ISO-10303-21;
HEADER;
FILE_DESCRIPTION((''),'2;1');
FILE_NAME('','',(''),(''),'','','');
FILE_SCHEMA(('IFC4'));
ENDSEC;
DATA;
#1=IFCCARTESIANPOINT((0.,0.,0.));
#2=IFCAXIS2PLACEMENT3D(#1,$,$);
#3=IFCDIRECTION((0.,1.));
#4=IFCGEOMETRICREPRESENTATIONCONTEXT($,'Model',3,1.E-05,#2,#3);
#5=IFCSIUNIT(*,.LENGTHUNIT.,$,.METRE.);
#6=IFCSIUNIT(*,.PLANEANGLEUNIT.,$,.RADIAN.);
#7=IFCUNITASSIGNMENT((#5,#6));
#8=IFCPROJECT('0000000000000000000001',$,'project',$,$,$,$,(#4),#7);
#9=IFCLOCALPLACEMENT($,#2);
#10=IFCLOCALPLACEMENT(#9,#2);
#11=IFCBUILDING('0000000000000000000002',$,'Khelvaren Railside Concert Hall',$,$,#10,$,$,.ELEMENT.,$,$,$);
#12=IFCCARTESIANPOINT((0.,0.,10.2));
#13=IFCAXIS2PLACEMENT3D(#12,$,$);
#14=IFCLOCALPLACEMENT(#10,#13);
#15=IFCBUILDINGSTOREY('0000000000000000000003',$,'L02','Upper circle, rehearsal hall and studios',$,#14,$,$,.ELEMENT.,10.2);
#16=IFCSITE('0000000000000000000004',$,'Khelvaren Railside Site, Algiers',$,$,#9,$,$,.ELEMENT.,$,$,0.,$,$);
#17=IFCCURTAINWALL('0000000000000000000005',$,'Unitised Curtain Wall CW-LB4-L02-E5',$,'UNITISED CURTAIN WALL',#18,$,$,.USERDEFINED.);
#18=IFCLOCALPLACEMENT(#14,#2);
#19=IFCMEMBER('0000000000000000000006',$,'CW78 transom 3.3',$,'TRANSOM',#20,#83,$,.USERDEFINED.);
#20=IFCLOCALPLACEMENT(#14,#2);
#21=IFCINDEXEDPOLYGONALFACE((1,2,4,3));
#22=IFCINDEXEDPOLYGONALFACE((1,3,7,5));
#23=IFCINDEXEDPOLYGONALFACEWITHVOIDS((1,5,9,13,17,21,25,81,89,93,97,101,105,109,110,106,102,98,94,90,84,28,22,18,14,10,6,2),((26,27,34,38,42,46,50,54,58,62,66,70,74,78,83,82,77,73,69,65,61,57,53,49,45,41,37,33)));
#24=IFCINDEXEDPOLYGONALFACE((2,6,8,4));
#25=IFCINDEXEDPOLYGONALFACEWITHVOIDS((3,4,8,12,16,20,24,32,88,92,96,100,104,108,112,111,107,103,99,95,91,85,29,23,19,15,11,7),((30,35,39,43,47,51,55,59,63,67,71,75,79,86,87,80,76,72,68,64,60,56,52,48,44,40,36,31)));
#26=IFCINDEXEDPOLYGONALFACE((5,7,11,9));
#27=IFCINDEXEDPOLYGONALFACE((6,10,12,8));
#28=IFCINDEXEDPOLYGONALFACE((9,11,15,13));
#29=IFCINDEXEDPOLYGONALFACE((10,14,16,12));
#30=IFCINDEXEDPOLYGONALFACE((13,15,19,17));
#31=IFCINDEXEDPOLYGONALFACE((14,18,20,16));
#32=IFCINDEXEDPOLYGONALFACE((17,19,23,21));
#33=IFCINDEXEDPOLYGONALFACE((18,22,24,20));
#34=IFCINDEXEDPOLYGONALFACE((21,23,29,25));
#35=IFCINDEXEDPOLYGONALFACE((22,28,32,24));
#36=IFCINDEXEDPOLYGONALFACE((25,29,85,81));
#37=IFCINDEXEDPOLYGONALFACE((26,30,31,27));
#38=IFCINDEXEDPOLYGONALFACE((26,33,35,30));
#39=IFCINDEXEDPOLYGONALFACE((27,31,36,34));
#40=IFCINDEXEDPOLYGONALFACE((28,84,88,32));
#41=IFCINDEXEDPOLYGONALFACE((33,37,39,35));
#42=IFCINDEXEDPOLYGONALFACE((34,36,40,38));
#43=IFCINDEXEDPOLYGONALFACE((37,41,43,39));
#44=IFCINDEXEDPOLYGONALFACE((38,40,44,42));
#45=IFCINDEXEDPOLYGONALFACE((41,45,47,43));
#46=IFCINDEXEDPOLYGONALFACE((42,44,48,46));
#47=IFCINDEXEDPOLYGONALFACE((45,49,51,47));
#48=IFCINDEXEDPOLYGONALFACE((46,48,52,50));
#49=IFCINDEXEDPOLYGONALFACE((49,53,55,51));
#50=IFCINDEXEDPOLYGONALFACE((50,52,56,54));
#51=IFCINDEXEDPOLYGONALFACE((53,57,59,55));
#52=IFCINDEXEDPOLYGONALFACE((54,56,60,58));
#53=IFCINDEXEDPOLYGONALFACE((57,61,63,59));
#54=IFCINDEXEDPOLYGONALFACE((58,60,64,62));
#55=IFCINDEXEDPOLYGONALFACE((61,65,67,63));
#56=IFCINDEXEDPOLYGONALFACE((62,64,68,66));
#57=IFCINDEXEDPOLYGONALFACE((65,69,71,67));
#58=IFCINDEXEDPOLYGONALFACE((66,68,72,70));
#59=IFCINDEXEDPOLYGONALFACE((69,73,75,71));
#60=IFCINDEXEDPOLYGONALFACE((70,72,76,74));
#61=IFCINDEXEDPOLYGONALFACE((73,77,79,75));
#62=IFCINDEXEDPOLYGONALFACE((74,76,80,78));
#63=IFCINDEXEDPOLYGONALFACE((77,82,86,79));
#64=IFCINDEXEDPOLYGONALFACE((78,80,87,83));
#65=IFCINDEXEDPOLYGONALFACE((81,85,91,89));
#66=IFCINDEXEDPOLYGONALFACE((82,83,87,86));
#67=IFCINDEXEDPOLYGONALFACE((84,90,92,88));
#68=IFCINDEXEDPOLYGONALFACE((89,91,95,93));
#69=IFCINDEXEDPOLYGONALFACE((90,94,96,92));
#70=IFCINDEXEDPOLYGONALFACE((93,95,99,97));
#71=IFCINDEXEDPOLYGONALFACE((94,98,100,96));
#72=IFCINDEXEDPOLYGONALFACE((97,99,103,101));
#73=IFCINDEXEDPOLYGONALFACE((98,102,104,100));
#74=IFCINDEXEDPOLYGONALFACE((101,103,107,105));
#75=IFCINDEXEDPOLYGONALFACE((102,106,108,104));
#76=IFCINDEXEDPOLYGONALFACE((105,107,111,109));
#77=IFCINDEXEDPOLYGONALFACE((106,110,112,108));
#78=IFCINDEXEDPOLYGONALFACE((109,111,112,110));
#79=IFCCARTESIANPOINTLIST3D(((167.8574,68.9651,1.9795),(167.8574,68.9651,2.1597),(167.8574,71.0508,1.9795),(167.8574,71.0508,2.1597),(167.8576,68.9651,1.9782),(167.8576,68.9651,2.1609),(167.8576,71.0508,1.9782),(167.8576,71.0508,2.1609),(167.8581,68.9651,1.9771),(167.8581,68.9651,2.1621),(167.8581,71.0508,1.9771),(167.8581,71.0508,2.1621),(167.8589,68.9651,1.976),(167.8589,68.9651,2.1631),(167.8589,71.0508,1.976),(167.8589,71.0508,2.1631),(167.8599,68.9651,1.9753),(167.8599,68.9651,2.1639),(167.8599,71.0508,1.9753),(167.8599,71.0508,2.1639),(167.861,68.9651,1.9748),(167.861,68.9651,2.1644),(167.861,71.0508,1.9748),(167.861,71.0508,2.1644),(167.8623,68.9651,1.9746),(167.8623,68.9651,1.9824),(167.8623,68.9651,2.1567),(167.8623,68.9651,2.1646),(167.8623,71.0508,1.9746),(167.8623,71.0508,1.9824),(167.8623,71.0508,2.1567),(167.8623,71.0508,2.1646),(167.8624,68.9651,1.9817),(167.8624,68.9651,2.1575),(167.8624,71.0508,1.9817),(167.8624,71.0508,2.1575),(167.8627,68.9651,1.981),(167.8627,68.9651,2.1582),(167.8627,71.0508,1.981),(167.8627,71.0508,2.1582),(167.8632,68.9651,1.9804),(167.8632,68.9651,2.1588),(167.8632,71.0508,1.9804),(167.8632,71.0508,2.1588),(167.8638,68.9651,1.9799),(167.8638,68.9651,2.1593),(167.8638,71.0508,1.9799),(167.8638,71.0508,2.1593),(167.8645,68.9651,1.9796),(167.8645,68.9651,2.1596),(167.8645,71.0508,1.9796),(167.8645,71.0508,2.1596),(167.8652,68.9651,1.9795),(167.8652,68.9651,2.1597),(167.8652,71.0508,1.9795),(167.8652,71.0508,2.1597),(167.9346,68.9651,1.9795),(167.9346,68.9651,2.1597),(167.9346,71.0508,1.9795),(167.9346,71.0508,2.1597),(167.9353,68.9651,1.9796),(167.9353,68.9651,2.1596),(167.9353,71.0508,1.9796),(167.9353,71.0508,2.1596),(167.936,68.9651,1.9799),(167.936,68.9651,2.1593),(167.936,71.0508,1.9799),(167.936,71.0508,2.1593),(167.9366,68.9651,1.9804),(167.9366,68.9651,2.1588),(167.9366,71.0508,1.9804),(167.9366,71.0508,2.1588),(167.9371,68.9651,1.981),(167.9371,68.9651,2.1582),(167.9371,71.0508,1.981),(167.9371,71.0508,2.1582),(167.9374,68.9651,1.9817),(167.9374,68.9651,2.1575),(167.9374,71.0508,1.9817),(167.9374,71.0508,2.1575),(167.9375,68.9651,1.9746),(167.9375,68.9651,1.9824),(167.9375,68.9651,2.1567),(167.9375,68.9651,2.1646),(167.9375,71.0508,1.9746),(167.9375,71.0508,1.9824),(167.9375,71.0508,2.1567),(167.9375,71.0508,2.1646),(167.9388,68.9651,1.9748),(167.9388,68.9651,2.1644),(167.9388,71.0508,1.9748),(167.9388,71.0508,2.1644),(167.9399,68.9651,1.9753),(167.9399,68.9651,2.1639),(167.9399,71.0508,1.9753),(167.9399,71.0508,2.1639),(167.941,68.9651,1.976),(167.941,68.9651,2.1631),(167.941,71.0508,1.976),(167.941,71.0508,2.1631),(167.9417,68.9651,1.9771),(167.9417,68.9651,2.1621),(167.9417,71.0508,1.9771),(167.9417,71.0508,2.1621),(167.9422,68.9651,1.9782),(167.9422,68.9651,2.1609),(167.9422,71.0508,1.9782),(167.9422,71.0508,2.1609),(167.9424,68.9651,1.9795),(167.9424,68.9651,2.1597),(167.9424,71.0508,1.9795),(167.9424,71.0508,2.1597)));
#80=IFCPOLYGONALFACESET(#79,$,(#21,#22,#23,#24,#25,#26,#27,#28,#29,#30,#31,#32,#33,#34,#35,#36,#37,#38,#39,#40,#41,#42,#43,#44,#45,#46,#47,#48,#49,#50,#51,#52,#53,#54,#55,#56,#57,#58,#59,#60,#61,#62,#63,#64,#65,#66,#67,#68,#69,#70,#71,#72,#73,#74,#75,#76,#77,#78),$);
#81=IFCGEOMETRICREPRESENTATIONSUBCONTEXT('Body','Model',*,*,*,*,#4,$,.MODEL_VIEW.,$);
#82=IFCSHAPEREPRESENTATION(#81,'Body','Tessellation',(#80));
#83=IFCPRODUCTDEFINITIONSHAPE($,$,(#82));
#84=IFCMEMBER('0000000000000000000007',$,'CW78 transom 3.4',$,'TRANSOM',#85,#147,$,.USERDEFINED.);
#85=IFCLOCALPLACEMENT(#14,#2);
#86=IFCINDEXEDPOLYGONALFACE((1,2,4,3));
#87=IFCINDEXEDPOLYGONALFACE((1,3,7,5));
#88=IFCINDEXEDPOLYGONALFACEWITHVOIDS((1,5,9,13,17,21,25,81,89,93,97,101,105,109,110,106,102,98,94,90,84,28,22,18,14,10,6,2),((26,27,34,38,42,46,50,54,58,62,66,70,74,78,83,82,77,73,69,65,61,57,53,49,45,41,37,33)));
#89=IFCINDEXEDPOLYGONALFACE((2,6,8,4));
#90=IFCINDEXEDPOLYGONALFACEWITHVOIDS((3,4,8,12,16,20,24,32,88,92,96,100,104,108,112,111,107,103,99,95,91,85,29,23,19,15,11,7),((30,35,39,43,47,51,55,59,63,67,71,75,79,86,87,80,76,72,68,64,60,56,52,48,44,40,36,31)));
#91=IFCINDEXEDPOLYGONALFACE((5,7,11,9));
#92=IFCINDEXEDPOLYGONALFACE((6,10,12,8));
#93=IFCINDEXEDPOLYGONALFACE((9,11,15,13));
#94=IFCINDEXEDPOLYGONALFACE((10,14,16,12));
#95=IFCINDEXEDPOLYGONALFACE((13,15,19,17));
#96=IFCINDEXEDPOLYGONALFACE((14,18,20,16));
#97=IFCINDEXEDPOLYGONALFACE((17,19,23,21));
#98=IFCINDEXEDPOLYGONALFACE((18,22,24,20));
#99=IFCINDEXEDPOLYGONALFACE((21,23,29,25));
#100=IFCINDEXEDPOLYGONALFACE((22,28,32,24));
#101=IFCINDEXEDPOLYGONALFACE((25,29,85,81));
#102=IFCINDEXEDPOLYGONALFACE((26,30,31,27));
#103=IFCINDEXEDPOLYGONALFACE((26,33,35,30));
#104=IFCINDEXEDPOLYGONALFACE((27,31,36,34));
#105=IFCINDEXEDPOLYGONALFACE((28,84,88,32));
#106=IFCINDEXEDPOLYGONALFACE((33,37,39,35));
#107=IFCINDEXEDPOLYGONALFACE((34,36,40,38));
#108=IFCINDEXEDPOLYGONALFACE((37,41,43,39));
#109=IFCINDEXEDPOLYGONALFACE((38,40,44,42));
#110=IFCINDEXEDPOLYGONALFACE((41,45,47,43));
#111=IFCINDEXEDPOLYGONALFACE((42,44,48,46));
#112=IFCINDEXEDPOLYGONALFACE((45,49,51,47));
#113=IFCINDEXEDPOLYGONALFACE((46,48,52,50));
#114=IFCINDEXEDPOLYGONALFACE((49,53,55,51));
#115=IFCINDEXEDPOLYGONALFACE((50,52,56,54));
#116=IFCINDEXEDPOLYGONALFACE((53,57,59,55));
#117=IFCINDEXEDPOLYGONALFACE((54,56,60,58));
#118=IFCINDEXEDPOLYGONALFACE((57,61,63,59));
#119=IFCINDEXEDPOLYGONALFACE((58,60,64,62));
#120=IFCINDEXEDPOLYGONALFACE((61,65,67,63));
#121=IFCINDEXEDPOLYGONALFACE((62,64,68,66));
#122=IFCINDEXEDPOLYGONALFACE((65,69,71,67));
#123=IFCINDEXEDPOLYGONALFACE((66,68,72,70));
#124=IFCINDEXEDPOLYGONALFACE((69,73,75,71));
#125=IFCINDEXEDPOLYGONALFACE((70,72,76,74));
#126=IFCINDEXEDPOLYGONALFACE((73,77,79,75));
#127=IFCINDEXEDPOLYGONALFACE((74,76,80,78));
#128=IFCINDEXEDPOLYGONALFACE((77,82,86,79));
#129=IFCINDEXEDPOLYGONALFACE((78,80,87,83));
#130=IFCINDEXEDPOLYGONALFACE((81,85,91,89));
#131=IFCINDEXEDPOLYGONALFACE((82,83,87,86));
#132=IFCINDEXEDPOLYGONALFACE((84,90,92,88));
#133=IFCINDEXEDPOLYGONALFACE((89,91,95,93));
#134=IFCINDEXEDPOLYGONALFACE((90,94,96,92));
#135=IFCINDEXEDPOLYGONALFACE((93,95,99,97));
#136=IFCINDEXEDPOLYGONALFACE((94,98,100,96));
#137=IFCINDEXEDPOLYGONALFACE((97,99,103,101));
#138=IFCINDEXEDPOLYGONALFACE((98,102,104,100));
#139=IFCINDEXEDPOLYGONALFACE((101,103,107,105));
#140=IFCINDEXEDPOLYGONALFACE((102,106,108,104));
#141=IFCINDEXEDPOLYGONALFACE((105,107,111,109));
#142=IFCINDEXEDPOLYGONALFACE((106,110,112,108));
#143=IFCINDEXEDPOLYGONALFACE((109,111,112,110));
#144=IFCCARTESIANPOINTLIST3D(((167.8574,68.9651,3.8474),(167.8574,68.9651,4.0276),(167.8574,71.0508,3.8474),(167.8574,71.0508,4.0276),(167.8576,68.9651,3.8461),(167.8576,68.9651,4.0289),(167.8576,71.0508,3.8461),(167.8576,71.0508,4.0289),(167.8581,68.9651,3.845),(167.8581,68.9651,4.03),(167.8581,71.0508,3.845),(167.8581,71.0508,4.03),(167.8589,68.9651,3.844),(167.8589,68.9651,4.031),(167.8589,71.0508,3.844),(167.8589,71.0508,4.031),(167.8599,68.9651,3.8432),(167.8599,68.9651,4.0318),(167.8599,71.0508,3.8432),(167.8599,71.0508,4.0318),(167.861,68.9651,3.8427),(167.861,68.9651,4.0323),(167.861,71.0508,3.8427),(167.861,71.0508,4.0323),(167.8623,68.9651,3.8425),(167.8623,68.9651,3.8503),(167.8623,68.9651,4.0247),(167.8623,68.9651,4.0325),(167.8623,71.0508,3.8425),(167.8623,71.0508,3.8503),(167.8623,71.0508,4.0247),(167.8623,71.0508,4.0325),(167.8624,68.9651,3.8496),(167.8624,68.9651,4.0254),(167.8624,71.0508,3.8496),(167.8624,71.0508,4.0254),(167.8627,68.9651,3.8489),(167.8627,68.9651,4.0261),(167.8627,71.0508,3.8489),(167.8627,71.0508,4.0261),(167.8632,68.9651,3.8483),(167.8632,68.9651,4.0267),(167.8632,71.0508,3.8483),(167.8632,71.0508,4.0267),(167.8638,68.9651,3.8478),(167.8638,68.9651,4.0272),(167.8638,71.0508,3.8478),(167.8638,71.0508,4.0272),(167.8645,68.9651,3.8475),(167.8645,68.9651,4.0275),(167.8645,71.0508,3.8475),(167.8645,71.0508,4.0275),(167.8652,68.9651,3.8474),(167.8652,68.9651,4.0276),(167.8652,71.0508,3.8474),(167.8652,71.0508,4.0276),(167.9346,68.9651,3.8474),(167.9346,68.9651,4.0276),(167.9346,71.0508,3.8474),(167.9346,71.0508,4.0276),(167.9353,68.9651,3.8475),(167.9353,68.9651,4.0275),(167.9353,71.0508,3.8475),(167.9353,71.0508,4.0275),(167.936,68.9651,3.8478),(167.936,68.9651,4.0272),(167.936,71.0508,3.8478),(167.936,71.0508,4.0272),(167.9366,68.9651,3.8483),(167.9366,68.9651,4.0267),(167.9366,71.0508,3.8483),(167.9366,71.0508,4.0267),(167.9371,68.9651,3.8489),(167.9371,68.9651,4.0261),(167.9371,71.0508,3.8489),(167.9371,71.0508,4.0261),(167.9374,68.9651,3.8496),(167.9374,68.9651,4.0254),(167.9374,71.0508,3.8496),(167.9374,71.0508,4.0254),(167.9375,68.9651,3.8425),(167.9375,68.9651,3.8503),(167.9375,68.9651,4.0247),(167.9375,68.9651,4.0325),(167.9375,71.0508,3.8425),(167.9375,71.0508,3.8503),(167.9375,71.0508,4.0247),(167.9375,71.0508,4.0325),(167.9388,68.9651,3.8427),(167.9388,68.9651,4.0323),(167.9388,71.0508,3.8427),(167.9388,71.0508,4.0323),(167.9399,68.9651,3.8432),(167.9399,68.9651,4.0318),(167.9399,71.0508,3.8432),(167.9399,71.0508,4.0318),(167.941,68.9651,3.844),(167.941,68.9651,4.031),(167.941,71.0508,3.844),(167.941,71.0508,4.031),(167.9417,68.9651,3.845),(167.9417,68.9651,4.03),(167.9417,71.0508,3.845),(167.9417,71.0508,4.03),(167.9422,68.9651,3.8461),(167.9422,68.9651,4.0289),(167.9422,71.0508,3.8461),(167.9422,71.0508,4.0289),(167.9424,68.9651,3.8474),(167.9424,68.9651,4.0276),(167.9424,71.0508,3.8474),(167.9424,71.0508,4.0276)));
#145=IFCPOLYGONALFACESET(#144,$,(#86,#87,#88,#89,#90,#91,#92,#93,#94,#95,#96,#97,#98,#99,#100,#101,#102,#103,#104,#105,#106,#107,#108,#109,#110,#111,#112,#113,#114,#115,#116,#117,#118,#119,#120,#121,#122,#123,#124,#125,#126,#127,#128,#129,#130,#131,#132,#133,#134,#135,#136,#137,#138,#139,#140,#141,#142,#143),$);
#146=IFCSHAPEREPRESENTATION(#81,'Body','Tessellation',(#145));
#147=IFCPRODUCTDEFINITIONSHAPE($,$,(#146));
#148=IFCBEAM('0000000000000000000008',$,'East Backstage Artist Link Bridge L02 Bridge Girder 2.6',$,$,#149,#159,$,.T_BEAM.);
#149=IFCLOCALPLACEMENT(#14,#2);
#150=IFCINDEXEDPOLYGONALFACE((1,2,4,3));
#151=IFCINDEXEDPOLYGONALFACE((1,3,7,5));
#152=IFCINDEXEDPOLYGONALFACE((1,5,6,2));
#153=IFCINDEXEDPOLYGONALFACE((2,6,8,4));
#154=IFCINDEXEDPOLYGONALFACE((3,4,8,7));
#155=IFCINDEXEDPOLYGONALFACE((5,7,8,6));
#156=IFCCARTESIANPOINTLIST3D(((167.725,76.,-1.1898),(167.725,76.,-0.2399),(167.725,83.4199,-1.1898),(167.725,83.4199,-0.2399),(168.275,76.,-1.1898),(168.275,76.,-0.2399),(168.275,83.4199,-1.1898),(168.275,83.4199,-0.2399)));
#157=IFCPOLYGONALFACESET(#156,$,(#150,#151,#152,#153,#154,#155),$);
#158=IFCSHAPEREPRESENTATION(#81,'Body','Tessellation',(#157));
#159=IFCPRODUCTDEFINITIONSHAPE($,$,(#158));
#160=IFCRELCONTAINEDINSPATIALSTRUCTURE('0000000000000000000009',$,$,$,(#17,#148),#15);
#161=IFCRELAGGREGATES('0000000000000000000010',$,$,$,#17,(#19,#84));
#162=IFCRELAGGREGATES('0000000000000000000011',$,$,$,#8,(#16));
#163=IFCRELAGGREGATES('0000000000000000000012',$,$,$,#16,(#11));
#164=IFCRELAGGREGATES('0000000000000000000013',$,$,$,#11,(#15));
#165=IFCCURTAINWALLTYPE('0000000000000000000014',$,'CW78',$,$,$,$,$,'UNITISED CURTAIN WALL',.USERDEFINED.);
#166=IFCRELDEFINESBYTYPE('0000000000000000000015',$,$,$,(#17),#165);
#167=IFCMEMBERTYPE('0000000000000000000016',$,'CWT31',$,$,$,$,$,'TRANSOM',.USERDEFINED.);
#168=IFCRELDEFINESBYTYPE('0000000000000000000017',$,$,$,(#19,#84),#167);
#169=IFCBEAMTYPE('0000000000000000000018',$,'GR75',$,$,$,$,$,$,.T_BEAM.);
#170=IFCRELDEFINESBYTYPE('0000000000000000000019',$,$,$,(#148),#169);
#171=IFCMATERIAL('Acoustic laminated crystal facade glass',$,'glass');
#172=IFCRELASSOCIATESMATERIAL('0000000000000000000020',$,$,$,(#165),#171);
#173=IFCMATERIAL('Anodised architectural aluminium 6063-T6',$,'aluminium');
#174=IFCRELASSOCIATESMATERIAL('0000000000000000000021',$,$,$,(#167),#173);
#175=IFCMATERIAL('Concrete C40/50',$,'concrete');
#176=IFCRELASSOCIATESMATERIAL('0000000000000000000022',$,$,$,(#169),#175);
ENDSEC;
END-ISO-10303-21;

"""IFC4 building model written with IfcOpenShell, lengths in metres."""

from ifc_helpers import new_model, si_unit, direction, frame, origin, origin_2d, place, context, subcontext, project, spatial, rectangle, hollow_rectangle, extrude, material, material_profile, profile_set, type_object, element, aggregate, save


model = new_model("IFC4")

# Units and contexts
model_context = context("Model", 3, precision=1e-05, world=origin(), true_north=direction((0.0, 1.0)))
body_context = subcontext(model_context, "Body", "Model", "MODEL_VIEW")
ifc_project = project(units=[si_unit("LENGTHUNIT", "METRE"), si_unit("PLANEANGLEUNIT", "RADIAN")], contexts=[model_context])

# Site, building, storey
site_placement = place(None, origin())
site = spatial("IfcSite", under=ifc_project, at=site_placement, Name="Khelvaren Railside Site, Algiers", CompositionType="ELEMENT", RefElevation=0.0)
building_placement = place(site_placement, origin())
building = spatial("IfcBuilding", under=site, at=building_placement, Name="Khelvaren Railside Concert Hall", CompositionType="ELEMENT")
storey_placement = place(building_placement, frame((0.0, 0.0, 10.2)))
storey = spatial("IfcBuildingStorey", under=building, at=storey_placement, Name="L02", Description="Upper circle, rehearsal hall and studios", CompositionType="ELEMENT", Elevation=10.2)

# Curtain wall
ifc_material_1 = material(Name="Acoustic laminated crystal facade glass", Category="glass")
curtain_wall_type = type_object("IfcCurtainWallType", Name="CW78", ElementType="UNITISED CURTAIN WALL", PredefinedType="USERDEFINED", material=ifc_material_1)
curtain_wall_1_placement = place(storey_placement, origin())
curtain_wall_1 = element("IfcCurtainWall", 1, at=curtain_wall_1_placement, inside=storey, type_object=curtain_wall_type, Name="Unitised Curtain Wall CW-LB4-L02-E5", ObjectType="UNITISED CURTAIN WALL", PredefinedType="USERDEFINED")
ifc_material_2 = material(Name="Anodised architectural aluminium 6063-T6", Category="aluminium")

# Members
ifc_material_profile_1 = material_profile(ifc_material_2, hollow_rectangle(XDim=0.085, YDim=0.1899, WallThickness=0.0049, InnerFilletRadius=0.0029, OuterFilletRadius=0.0049, at=origin_2d()), Name="CWT 85x190x5")
ifc_profile_set_1 = profile_set([ifc_material_profile_1], Name="Anodised architectural aluminium 6063-T6")
member_type_1 = type_object("IfcMemberType", Name="CWT31", ElementType="TRANSOM", PredefinedType="USERDEFINED", material=ifc_profile_set_1)
member_1_placement = place(storey_placement, frame((167.8999, 71.0508, 2.0696), z_axis=(0.0, -1.0, 0.0), x_axis=(1.0, 0.0, 0.0)))
member_1 = element("IfcMember", 2, at=member_1_placement, type_object=member_type_1, Name="CW78 transom 3.3", ObjectType="TRANSOM", PredefinedType="USERDEFINED", context=body_context, shape_type="SweptSolid", body=[
    extrude(hollow_rectangle(XDim=0.085, YDim=0.1899, WallThickness=0.0049, InnerFilletRadius=0.0029, OuterFilletRadius=0.0049, at=origin_2d()), origin(), (0.0, 0.0, 1.0), 2.0857),
])
member_2_placement = place(storey_placement, frame((167.8999, 71.0508, 3.9375), z_axis=(0.0, -1.0, 0.0), x_axis=(1.0, 0.0, 0.0)))
member_2 = element("IfcMember", 3, at=member_2_placement, type_object=member_type_1, Name="CW78 transom 3.4", ObjectType="TRANSOM", PredefinedType="USERDEFINED", context=body_context, shape_type="SweptSolid", body=[
    extrude(hollow_rectangle(XDim=0.085, YDim=0.1899, WallThickness=0.0049, InnerFilletRadius=0.0029, OuterFilletRadius=0.0049, at=origin_2d()), origin(), (0.0, 0.0, 1.0), 2.0857),
])

# Beam
ifc_material_3 = material(Name="Concrete C40/50", Category="concrete")
ifc_material_profile_2 = material_profile(ifc_material_3, rectangle(XDim=0.55, YDim=0.95, at=origin_2d()), Name="RCB 550x950")
ifc_profile_set_2 = profile_set([ifc_material_profile_2], Name="Concrete C40/50")
beam_type_1 = type_object("IfcBeamType", Name="GR75", PredefinedType="T_BEAM", material=ifc_profile_set_2)
beam_1_placement = place(storey_placement, frame((168.0, 76.0, -0.7148), z_axis=(0.0, 1.0, 0.0), x_axis=(-1.0, 0.0, 0.0)))
element("IfcBeam", 4, at=beam_1_placement, inside=storey, type_object=beam_type_1, Name="East Backstage Artist Link Bridge L02 Bridge Girder 2.6", PredefinedType="T_BEAM", context=body_context, shape_type="SweptSolid", body=[
    extrude(rectangle(XDim=0.55, YDim=0.95, at=origin_2d()), origin(), (0.0, 0.0, 1.0), 7.4199),
])

aggregate(curtain_wall_1, [member_1, member_2])

save(model, "model.ifc")
